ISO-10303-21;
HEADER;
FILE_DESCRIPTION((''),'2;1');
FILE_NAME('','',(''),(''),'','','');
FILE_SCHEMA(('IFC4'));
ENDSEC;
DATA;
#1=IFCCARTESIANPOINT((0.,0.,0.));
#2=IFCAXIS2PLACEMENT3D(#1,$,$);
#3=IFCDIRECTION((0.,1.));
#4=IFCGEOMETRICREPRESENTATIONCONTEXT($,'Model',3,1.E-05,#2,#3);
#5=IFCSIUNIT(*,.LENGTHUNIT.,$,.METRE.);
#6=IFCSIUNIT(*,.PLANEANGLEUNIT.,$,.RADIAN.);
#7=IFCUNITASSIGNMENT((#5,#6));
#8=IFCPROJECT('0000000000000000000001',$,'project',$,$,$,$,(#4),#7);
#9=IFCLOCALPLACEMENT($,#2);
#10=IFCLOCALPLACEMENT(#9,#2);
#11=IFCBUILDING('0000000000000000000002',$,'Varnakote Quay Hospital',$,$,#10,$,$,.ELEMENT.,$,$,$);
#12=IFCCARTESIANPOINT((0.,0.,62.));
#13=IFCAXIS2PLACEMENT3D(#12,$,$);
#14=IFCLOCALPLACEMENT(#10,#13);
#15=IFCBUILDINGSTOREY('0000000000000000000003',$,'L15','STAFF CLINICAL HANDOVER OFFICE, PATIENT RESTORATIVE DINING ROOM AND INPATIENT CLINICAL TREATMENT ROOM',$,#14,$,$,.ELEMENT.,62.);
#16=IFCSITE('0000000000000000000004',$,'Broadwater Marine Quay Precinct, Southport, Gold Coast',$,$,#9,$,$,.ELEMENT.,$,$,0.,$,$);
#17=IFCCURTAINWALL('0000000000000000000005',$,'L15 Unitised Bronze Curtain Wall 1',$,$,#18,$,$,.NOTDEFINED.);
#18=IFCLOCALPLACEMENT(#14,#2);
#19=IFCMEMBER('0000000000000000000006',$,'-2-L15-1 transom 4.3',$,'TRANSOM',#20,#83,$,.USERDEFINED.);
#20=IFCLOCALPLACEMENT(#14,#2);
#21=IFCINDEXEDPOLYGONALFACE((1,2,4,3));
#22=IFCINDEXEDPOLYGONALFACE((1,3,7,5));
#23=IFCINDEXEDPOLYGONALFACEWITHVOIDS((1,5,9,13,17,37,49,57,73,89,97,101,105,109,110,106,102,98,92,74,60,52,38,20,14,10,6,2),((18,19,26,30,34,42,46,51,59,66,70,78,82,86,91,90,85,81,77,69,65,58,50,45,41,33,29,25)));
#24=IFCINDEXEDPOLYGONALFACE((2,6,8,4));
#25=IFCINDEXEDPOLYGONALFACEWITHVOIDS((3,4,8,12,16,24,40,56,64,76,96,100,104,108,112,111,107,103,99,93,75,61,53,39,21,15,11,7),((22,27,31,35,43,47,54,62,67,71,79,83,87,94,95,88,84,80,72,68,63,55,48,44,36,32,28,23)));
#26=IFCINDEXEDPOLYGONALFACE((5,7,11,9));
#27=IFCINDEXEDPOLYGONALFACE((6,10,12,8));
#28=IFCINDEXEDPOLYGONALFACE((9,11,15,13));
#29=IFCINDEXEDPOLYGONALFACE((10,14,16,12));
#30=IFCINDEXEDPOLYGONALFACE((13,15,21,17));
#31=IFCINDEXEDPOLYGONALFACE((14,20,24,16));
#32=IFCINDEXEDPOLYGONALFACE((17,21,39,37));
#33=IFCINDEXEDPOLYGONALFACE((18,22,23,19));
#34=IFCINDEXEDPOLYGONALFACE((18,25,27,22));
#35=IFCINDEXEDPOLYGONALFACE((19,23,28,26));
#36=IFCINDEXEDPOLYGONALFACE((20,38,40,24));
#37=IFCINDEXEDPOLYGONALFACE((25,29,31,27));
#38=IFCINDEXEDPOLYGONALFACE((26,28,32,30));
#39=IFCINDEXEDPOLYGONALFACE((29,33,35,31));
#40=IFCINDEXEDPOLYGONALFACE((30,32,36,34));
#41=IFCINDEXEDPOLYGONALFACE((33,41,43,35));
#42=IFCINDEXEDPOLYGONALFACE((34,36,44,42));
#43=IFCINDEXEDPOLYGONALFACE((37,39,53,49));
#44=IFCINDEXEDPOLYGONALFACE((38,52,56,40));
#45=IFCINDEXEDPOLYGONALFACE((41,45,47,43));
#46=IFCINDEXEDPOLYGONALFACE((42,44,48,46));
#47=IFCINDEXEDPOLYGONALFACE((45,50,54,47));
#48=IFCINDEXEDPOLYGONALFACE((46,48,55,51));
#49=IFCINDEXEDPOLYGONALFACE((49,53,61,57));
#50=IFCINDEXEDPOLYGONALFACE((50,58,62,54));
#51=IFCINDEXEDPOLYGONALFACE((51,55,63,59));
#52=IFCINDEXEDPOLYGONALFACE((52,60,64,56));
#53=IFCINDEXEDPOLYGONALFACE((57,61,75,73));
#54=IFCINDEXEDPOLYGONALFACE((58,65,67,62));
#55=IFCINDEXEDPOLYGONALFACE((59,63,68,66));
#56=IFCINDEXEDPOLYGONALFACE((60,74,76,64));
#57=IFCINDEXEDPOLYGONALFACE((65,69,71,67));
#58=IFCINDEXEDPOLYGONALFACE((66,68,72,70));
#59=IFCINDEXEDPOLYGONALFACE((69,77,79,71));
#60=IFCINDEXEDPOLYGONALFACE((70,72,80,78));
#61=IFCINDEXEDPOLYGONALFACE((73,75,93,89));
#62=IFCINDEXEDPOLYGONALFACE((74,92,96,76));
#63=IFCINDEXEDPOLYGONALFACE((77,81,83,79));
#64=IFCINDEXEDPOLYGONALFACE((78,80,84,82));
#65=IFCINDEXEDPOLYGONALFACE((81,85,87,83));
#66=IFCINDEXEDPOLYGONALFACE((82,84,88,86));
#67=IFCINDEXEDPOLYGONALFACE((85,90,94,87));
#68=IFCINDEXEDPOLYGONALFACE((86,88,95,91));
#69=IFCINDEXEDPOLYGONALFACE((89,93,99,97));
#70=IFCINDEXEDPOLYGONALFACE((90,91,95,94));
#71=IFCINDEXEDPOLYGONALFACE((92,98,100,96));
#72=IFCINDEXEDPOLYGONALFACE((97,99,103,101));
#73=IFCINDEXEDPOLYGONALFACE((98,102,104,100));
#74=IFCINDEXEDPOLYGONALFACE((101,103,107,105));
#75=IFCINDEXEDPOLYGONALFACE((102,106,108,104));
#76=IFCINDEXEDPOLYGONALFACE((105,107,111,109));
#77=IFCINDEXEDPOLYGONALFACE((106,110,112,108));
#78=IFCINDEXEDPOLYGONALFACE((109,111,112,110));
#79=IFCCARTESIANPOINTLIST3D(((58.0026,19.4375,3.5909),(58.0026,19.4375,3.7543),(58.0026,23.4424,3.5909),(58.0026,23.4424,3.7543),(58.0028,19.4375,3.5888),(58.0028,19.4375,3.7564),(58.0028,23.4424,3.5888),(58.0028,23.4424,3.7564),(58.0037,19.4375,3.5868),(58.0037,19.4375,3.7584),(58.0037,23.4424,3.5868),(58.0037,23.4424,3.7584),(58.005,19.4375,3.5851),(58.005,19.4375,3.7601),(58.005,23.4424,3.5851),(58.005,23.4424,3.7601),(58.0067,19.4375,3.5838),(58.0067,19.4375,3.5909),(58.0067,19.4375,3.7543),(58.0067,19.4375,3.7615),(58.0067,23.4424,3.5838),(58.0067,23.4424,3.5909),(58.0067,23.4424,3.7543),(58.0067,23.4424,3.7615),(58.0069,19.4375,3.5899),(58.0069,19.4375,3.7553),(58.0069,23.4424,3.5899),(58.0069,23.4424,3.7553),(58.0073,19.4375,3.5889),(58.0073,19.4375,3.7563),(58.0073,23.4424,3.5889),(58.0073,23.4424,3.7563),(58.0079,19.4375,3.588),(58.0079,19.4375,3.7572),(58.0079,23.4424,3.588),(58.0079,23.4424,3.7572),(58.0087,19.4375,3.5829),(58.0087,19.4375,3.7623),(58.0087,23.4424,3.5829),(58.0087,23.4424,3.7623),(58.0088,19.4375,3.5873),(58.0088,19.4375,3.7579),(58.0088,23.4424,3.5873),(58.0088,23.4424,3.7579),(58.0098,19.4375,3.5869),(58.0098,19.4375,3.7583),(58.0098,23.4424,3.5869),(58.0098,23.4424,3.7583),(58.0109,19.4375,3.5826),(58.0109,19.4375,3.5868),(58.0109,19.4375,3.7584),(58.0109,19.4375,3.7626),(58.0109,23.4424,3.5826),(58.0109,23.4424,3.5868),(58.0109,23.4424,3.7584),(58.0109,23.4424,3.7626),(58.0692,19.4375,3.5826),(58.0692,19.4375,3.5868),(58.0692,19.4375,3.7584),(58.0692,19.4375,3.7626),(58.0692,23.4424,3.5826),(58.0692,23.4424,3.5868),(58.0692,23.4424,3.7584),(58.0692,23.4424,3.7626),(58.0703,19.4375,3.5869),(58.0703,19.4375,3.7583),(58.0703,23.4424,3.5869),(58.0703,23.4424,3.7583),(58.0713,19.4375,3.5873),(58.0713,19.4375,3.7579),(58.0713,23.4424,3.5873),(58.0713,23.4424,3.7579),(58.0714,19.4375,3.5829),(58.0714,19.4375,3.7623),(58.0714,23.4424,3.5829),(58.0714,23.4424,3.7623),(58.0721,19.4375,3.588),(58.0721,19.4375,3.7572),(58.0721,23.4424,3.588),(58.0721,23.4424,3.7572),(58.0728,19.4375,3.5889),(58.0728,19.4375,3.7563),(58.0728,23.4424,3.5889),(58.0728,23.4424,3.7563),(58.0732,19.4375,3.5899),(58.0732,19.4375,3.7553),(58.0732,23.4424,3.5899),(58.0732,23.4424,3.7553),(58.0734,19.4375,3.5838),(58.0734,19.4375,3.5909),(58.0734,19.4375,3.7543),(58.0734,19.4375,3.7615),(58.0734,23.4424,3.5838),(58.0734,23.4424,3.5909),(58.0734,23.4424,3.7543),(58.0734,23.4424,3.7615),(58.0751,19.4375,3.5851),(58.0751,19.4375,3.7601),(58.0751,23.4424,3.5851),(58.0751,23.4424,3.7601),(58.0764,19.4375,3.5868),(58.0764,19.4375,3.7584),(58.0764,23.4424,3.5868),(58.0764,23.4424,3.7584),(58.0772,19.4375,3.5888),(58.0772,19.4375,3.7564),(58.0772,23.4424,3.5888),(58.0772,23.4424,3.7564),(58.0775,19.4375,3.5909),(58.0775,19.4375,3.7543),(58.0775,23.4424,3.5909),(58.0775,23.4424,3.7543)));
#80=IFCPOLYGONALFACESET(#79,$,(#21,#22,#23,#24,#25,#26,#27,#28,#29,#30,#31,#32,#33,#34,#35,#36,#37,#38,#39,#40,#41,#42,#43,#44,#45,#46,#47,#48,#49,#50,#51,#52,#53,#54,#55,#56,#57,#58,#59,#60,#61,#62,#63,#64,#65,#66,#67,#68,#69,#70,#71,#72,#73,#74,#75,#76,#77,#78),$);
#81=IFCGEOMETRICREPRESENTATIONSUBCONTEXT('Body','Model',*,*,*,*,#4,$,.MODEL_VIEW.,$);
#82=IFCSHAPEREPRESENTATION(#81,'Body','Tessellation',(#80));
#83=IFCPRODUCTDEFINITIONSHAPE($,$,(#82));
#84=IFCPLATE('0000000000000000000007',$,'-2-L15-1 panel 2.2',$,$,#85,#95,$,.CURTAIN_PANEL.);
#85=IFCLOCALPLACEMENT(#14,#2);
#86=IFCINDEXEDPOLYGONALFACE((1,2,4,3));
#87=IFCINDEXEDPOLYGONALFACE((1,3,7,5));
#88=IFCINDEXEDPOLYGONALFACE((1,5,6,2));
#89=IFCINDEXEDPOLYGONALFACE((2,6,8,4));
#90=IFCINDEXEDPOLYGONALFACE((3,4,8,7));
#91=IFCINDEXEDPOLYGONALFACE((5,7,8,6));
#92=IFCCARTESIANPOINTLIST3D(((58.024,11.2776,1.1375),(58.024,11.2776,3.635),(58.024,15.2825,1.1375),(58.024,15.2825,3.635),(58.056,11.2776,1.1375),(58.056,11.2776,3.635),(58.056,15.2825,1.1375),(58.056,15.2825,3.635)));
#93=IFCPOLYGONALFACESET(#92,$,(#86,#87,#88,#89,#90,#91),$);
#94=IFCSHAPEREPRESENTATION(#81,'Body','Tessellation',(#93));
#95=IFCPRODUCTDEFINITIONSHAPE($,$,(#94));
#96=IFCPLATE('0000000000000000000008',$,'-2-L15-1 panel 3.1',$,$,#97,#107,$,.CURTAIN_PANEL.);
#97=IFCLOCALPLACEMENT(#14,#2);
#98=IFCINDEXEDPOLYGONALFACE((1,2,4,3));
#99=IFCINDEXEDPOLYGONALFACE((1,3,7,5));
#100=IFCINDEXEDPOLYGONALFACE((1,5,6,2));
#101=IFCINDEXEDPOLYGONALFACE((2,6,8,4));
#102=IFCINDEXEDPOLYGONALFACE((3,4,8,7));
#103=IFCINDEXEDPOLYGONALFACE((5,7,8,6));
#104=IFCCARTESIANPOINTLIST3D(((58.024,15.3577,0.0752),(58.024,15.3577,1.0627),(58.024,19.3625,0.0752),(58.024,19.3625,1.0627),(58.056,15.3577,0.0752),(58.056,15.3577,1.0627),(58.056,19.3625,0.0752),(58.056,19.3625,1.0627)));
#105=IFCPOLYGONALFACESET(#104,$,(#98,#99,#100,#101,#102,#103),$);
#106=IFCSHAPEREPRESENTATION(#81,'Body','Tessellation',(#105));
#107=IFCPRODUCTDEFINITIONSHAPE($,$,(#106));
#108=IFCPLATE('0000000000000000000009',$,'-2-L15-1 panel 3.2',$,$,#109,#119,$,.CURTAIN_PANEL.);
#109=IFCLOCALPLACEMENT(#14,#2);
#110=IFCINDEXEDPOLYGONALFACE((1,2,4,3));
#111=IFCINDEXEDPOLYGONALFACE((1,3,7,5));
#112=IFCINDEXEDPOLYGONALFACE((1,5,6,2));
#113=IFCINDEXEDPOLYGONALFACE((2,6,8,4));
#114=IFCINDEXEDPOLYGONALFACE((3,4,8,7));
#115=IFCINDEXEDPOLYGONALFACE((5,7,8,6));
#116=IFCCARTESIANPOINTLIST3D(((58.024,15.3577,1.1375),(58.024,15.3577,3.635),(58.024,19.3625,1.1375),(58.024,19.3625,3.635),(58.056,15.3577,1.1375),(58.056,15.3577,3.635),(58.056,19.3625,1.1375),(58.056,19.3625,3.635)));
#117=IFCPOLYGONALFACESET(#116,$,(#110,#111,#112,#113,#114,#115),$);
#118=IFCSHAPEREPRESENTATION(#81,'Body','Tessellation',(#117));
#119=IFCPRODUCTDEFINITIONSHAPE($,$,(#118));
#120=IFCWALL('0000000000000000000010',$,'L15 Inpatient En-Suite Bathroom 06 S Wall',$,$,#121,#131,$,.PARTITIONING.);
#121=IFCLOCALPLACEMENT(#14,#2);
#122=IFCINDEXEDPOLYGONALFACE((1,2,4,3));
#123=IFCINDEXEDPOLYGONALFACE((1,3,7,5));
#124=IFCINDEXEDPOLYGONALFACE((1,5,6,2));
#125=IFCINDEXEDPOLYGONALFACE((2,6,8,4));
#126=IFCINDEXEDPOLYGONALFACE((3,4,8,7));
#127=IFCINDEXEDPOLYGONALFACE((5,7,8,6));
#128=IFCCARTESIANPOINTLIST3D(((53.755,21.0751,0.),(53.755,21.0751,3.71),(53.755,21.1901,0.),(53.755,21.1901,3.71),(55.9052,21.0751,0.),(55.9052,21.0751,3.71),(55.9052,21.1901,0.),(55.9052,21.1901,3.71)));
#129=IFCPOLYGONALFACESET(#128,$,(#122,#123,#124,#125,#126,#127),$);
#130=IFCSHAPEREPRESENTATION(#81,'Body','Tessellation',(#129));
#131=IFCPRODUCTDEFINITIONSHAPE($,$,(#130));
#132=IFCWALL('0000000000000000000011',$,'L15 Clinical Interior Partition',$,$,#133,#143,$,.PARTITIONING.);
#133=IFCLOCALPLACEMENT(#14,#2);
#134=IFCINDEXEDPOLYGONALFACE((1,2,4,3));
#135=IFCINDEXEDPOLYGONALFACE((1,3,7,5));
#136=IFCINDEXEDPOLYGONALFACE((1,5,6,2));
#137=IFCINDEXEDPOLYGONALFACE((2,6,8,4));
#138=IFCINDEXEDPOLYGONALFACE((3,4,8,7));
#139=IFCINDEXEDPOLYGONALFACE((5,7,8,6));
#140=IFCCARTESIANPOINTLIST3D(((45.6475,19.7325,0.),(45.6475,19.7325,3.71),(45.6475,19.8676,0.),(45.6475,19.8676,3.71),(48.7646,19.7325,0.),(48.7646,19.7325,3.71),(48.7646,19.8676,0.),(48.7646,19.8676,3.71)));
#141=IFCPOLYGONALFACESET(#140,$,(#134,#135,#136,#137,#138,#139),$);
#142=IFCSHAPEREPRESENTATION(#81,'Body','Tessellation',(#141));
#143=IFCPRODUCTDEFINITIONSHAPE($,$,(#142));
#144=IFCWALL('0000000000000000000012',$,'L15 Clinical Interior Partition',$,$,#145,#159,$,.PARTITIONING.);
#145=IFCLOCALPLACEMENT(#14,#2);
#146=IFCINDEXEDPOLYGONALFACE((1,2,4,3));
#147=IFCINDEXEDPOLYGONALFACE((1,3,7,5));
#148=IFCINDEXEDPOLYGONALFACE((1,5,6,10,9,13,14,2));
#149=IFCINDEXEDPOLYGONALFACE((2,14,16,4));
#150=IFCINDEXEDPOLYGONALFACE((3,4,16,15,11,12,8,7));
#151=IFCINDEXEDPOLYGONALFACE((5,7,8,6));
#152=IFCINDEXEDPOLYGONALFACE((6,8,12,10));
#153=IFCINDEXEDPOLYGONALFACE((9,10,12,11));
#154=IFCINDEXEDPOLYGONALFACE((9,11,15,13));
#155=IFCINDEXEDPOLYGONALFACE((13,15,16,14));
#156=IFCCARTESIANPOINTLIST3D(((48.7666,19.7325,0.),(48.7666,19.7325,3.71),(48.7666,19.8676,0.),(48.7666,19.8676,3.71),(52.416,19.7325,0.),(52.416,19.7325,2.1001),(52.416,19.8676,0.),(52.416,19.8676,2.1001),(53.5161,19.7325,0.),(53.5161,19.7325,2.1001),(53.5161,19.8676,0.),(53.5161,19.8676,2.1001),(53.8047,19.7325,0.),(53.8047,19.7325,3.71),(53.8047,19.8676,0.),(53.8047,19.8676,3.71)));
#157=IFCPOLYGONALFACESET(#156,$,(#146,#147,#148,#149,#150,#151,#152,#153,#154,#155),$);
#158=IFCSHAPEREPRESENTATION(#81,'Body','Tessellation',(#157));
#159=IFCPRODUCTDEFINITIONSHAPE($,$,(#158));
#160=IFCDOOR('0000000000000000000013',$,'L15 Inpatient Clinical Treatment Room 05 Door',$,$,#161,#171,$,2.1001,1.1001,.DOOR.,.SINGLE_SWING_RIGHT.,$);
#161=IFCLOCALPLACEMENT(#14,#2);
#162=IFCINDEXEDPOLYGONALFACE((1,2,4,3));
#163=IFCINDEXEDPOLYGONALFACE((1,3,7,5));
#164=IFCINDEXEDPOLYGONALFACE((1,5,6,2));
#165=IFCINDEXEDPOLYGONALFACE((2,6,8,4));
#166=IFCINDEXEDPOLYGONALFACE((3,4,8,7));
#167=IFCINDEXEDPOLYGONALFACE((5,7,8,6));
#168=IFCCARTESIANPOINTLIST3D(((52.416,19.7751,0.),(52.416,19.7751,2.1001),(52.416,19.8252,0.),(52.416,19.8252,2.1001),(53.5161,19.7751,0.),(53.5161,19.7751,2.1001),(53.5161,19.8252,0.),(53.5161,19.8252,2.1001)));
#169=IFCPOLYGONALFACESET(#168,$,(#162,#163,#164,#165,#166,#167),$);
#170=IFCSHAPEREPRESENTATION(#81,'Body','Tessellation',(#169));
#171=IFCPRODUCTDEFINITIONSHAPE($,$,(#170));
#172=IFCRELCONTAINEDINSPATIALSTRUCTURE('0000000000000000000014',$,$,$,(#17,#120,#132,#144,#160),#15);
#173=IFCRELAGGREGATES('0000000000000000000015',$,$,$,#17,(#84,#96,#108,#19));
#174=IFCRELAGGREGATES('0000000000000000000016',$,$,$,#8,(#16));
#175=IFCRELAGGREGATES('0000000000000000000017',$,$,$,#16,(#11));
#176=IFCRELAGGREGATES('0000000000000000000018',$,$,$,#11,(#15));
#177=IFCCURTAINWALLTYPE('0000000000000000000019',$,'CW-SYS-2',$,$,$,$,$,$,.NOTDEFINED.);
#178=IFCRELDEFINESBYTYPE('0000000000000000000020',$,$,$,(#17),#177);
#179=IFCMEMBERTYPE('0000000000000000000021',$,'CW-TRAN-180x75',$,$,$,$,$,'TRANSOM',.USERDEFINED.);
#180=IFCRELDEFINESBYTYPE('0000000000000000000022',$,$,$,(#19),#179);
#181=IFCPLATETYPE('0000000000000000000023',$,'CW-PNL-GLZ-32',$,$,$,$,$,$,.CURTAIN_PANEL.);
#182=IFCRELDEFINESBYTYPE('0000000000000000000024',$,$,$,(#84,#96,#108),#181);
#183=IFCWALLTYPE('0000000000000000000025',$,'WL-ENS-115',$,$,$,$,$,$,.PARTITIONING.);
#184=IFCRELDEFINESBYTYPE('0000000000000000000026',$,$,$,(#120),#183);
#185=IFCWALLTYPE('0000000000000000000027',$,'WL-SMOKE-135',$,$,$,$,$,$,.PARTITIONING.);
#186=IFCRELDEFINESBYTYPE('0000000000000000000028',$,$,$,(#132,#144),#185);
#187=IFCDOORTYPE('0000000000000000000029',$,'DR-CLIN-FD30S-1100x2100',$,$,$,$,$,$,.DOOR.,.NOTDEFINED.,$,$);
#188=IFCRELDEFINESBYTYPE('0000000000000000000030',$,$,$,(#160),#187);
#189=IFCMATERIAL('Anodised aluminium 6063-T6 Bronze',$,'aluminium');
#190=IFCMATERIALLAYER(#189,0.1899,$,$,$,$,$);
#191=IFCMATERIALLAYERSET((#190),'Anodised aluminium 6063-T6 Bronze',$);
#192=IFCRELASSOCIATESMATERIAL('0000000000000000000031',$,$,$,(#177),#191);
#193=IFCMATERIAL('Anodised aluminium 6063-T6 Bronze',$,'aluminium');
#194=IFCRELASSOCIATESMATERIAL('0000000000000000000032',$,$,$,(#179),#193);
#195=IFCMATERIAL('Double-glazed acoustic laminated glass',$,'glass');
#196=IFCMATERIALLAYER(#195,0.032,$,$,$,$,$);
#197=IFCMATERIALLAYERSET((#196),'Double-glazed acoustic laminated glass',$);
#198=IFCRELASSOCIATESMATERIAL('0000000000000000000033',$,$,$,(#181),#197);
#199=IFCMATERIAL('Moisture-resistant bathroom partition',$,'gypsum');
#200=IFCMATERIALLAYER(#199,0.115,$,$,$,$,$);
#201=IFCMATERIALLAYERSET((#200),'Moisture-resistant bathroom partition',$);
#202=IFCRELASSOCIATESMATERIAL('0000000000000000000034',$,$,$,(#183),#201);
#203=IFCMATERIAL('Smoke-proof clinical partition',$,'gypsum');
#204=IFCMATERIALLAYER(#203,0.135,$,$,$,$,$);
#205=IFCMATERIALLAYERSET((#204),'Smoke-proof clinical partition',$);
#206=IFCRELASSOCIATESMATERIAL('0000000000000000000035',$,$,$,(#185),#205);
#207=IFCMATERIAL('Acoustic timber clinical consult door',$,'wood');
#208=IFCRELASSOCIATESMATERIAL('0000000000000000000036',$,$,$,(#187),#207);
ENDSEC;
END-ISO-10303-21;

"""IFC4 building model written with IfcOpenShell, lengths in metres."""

from ifc_helpers import new_model, si_unit, direction, frame, frame_2d, origin, origin_2d, place, context, subcontext, project, spatial, rectangle, hollow_rectangle, extrude, material, layer, layer_set, material_profile, profile_set, type_object, element, fill, aggregate, save


model = new_model("IFC4")

# Units and contexts
model_context = context("Model", 3, precision=1e-05, world=origin(), true_north=direction((0.0, 1.0)))
body_context = subcontext(model_context, "Body", "Model", "MODEL_VIEW")
ifc_project = project(units=[si_unit("LENGTHUNIT", "METRE"), si_unit("PLANEANGLEUNIT", "RADIAN")], contexts=[model_context])

# Site, building, storey
site_placement = place(None, origin())
site = spatial("IfcSite", under=ifc_project, at=site_placement, Name="Broadwater Marine Quay Precinct, Southport, Gold Coast", CompositionType="ELEMENT", RefElevation=0.0)
building_placement = place(site_placement, origin())
building = spatial("IfcBuilding", under=site, at=building_placement, Name="Varnakote Quay Hospital", CompositionType="ELEMENT")
storey_placement = place(building_placement, frame((0.0, 0.0, 62.0)))
storey = spatial("IfcBuildingStorey", under=building, at=storey_placement, Name="L15", Description="STAFF CLINICAL HANDOVER OFFICE, PATIENT RESTORATIVE DINING ROOM AND INPATIENT CLINICAL TREATMENT ROOM", CompositionType="ELEMENT", Elevation=62.0)

# Curtain wall, member, plates
ifc_material_1 = material(Name="Anodised aluminium 6063-T6 Bronze", Category="aluminium")
ifc_layer_1 = layer(ifc_material_1, 0.1899)
ifc_layer_set_1 = layer_set([ifc_layer_1], Name="Anodised aluminium 6063-T6 Bronze")
curtain_wall_type = type_object("IfcCurtainWallType", Name="CW-SYS-2", PredefinedType="NOTDEFINED", material=ifc_layer_set_1)
curtain_wall_placement = place(storey_placement, origin())
curtain_wall = element("IfcCurtainWall", 1, at=curtain_wall_placement, inside=storey, type_object=curtain_wall_type, Name="L15 Unitised Bronze Curtain Wall 1", PredefinedType="NOTDEFINED")
ifc_material_2 = material(Name="Anodised aluminium 6063-T6 Bronze", Category="aluminium")
ifc_material_profile_1 = material_profile(ifc_material_2, hollow_rectangle(XDim=0.075, YDim=0.1799, WallThickness=0.0042, InnerFilletRadius=0.0042, OuterFilletRadius=0.0083, at=origin_2d()), Name="CW-TRAN-180x75")
ifc_profile_set_1 = profile_set([ifc_material_profile_1], Name="Anodised aluminium 6063-T6 Bronze")
member_type_1 = type_object("IfcMemberType", Name="CW-TRAN-180x75", ElementType="TRANSOM", PredefinedType="USERDEFINED", material=ifc_profile_set_1)
member_1_placement = place(storey_placement, frame((58.04, 19.4375, 3.6726), z_axis=(0.0, 1.0, 0.0), x_axis=(-1.0, 0.0, 0.0)))
member_1 = element("IfcMember", 2, at=member_1_placement, type_object=member_type_1, Name="-2-L15-1 transom 4.3", ObjectType="TRANSOM", PredefinedType="USERDEFINED", context=body_context, shape_type="SweptSolid", body=[
    extrude(hollow_rectangle(XDim=0.075, YDim=0.1799, WallThickness=0.0042, InnerFilletRadius=0.0042, OuterFilletRadius=0.0083, at=origin_2d()), origin(), (0.0, 0.0, 1.0), 4.0049),
])
ifc_material_3 = material(Name="Double-glazed acoustic laminated glass", Category="glass")
ifc_layer_2 = layer(ifc_material_3, 0.032)
ifc_layer_set_2 = layer_set([ifc_layer_2], Name="Double-glazed acoustic laminated glass")
plate_type = type_object("IfcPlateType", Name="CW-PNL-GLZ-32", PredefinedType="CURTAIN_PANEL", material=ifc_layer_set_2)
plate_1_placement = place(storey_placement, frame((58.04, 13.28, 1.1375), z_axis=(0.0, 0.0, 1.0), x_axis=(0.0, 1.0, 0.0)))
plate_1 = element("IfcPlate", 3, at=plate_1_placement, type_object=plate_type, Name="-2-L15-1 panel 2.2", PredefinedType="CURTAIN_PANEL", context=body_context, shape_type="SweptSolid", body=[
    extrude(rectangle(XDim=4.0049, YDim=0.032, at=origin_2d()), origin(), (0.0, 0.0, 1.0), 2.4976),
])
plate_2_placement = place(storey_placement, frame((58.04, 17.3601, 0.0752), z_axis=(0.0, 0.0, 1.0), x_axis=(0.0, 1.0, 0.0)))
plate_2 = element("IfcPlate", 4, at=plate_2_placement, type_object=plate_type, Name="-2-L15-1 panel 3.1", PredefinedType="CURTAIN_PANEL", context=body_context, shape_type="SweptSolid", body=[
    extrude(rectangle(XDim=4.0049, YDim=0.032, at=origin_2d()), origin(), (0.0, 0.0, 1.0), 0.9875),
])
plate_3_placement = place(storey_placement, frame((58.04, 17.3601, 1.1375), z_axis=(0.0, 0.0, 1.0), x_axis=(0.0, 1.0, 0.0)))
plate_3 = element("IfcPlate", 5, at=plate_3_placement, type_object=plate_type, Name="-2-L15-1 panel 3.2", PredefinedType="CURTAIN_PANEL", context=body_context, shape_type="SweptSolid", body=[
    extrude(rectangle(XDim=4.0049, YDim=0.032, at=origin_2d()), origin(), (0.0, 0.0, 1.0), 2.4976),
])
aggregate(curtain_wall, [plate_1, plate_2, plate_3, member_1])

# Walls
ifc_material_4 = material(Name="Moisture-resistant bathroom partition", Category="gypsum")
ifc_layer_3 = layer(ifc_material_4, 0.115)
ifc_layer_set_3 = layer_set([ifc_layer_3], Name="Moisture-resistant bathroom partition")
wall_type_1 = type_object("IfcWallType", Name="WL-ENS-115", PredefinedType="PARTITIONING", material=ifc_layer_set_3)
wall_1_placement = place(storey_placement, frame((53.7549, 21.1326, 0.0), z_axis=(0.0, 0.0, 1.0), x_axis=(1.0, 0.0, 0.0)))
element("IfcWall", 6, at=wall_1_placement, inside=storey, type_object=wall_type_1, Name="L15 Inpatient En-Suite Bathroom 06 S Wall", PredefinedType="PARTITIONING", context=body_context, shape_type="SweptSolid", body=[
    extrude(rectangle(XDim=2.1501, YDim=0.115, at=frame_2d((1.0752, 0.0))), origin(), (0.0, 0.0, 1.0), 3.71),
])
ifc_material_5 = material(Name="Smoke-proof clinical partition", Category="gypsum")
ifc_layer_4 = layer(ifc_material_5, 0.135)
ifc_layer_set_4 = layer_set([ifc_layer_4], Name="Smoke-proof clinical partition")
wall_type_2 = type_object("IfcWallType", Name="WL-SMOKE-135", PredefinedType="PARTITIONING", material=ifc_layer_set_4)
wall_2_placement = place(storey_placement, frame((48.7646, 19.8, 0.0), z_axis=(0.0, 0.0, 1.0), x_axis=(-1.0, 0.0, 0.0)))
element("IfcWall", 7, at=wall_2_placement, inside=storey, type_object=wall_type_2, Name="L15 Clinical Interior Partition", PredefinedType="PARTITIONING", context=body_context, shape_type="SweptSolid", body=[
    extrude(rectangle(XDim=3.1172, YDim=0.135, at=frame_2d((1.5586, 0.0))), origin(), (0.0, 0.0, 1.0), 3.71),
])

# Wall, opening, door
wall_3_placement = place(storey_placement, frame((53.8047, 19.8, 0.0), z_axis=(0.0, 0.0, 1.0), x_axis=(-1.0, 0.0, 0.0)))
wall_3 = element("IfcWall", 8, at=wall_3_placement, inside=storey, type_object=wall_type_2, Name="L15 Clinical Interior Partition", PredefinedType="PARTITIONING", context=body_context, shape_type="SweptSolid", body=[
    extrude(rectangle(XDim=5.0381, YDim=0.135, at=frame_2d((2.519, 0.0))), origin(), (0.0, 0.0, 1.0), 3.71),
])
opening_1_placement = place(wall_3_placement, frame((0.2886, 0.0, 0.0)))
opening_1 = element("IfcOpeningElement", 9, at=opening_1_placement, cuts=wall_3, PredefinedType="OPENING", context=body_context, shape_type="SweptSolid", body=[
    extrude(rectangle(XDim=1.1001, YDim=2.1001, at=frame_2d((0.55, 1.05))), frame((0.0, 0.0774, 0.0), z_axis=(0.0, -1.0, 0.0), x_axis=(1.0, 0.0, 0.0)), (0.0, 0.0, 1.0), 0.155),
])
ifc_material_6 = material(Name="Acoustic timber clinical consult door", Category="wood")
door_type = type_object("IfcDoorType", Name="DR-CLIN-FD30S-1100x2100", OperationType="NOTDEFINED", PredefinedType="DOOR", material=ifc_material_6)
door_1_placement = place(opening_1_placement, origin())
door_1 = element("IfcDoor", 10, at=door_1_placement, inside=storey, type_object=door_type, Name="L15 Inpatient Clinical Treatment Room 05 Door", OperationType="SINGLE_SWING_RIGHT", OverallHeight=2.1001, OverallWidth=1.1001, PredefinedType="DOOR", context=body_context, shape_type="SweptSolid", body=[
    extrude(rectangle(XDim=1.1001, YDim=2.1001, at=frame_2d((0.55, 1.05))), frame((0.0, 0.0249, 0.0), z_axis=(0.0, -1.0, 0.0), x_axis=(1.0, 0.0, 0.0)), (0.0, 0.0, 1.0), 0.05),
])
fill(opening_1, door_1)

save(model, "model.ifc")
